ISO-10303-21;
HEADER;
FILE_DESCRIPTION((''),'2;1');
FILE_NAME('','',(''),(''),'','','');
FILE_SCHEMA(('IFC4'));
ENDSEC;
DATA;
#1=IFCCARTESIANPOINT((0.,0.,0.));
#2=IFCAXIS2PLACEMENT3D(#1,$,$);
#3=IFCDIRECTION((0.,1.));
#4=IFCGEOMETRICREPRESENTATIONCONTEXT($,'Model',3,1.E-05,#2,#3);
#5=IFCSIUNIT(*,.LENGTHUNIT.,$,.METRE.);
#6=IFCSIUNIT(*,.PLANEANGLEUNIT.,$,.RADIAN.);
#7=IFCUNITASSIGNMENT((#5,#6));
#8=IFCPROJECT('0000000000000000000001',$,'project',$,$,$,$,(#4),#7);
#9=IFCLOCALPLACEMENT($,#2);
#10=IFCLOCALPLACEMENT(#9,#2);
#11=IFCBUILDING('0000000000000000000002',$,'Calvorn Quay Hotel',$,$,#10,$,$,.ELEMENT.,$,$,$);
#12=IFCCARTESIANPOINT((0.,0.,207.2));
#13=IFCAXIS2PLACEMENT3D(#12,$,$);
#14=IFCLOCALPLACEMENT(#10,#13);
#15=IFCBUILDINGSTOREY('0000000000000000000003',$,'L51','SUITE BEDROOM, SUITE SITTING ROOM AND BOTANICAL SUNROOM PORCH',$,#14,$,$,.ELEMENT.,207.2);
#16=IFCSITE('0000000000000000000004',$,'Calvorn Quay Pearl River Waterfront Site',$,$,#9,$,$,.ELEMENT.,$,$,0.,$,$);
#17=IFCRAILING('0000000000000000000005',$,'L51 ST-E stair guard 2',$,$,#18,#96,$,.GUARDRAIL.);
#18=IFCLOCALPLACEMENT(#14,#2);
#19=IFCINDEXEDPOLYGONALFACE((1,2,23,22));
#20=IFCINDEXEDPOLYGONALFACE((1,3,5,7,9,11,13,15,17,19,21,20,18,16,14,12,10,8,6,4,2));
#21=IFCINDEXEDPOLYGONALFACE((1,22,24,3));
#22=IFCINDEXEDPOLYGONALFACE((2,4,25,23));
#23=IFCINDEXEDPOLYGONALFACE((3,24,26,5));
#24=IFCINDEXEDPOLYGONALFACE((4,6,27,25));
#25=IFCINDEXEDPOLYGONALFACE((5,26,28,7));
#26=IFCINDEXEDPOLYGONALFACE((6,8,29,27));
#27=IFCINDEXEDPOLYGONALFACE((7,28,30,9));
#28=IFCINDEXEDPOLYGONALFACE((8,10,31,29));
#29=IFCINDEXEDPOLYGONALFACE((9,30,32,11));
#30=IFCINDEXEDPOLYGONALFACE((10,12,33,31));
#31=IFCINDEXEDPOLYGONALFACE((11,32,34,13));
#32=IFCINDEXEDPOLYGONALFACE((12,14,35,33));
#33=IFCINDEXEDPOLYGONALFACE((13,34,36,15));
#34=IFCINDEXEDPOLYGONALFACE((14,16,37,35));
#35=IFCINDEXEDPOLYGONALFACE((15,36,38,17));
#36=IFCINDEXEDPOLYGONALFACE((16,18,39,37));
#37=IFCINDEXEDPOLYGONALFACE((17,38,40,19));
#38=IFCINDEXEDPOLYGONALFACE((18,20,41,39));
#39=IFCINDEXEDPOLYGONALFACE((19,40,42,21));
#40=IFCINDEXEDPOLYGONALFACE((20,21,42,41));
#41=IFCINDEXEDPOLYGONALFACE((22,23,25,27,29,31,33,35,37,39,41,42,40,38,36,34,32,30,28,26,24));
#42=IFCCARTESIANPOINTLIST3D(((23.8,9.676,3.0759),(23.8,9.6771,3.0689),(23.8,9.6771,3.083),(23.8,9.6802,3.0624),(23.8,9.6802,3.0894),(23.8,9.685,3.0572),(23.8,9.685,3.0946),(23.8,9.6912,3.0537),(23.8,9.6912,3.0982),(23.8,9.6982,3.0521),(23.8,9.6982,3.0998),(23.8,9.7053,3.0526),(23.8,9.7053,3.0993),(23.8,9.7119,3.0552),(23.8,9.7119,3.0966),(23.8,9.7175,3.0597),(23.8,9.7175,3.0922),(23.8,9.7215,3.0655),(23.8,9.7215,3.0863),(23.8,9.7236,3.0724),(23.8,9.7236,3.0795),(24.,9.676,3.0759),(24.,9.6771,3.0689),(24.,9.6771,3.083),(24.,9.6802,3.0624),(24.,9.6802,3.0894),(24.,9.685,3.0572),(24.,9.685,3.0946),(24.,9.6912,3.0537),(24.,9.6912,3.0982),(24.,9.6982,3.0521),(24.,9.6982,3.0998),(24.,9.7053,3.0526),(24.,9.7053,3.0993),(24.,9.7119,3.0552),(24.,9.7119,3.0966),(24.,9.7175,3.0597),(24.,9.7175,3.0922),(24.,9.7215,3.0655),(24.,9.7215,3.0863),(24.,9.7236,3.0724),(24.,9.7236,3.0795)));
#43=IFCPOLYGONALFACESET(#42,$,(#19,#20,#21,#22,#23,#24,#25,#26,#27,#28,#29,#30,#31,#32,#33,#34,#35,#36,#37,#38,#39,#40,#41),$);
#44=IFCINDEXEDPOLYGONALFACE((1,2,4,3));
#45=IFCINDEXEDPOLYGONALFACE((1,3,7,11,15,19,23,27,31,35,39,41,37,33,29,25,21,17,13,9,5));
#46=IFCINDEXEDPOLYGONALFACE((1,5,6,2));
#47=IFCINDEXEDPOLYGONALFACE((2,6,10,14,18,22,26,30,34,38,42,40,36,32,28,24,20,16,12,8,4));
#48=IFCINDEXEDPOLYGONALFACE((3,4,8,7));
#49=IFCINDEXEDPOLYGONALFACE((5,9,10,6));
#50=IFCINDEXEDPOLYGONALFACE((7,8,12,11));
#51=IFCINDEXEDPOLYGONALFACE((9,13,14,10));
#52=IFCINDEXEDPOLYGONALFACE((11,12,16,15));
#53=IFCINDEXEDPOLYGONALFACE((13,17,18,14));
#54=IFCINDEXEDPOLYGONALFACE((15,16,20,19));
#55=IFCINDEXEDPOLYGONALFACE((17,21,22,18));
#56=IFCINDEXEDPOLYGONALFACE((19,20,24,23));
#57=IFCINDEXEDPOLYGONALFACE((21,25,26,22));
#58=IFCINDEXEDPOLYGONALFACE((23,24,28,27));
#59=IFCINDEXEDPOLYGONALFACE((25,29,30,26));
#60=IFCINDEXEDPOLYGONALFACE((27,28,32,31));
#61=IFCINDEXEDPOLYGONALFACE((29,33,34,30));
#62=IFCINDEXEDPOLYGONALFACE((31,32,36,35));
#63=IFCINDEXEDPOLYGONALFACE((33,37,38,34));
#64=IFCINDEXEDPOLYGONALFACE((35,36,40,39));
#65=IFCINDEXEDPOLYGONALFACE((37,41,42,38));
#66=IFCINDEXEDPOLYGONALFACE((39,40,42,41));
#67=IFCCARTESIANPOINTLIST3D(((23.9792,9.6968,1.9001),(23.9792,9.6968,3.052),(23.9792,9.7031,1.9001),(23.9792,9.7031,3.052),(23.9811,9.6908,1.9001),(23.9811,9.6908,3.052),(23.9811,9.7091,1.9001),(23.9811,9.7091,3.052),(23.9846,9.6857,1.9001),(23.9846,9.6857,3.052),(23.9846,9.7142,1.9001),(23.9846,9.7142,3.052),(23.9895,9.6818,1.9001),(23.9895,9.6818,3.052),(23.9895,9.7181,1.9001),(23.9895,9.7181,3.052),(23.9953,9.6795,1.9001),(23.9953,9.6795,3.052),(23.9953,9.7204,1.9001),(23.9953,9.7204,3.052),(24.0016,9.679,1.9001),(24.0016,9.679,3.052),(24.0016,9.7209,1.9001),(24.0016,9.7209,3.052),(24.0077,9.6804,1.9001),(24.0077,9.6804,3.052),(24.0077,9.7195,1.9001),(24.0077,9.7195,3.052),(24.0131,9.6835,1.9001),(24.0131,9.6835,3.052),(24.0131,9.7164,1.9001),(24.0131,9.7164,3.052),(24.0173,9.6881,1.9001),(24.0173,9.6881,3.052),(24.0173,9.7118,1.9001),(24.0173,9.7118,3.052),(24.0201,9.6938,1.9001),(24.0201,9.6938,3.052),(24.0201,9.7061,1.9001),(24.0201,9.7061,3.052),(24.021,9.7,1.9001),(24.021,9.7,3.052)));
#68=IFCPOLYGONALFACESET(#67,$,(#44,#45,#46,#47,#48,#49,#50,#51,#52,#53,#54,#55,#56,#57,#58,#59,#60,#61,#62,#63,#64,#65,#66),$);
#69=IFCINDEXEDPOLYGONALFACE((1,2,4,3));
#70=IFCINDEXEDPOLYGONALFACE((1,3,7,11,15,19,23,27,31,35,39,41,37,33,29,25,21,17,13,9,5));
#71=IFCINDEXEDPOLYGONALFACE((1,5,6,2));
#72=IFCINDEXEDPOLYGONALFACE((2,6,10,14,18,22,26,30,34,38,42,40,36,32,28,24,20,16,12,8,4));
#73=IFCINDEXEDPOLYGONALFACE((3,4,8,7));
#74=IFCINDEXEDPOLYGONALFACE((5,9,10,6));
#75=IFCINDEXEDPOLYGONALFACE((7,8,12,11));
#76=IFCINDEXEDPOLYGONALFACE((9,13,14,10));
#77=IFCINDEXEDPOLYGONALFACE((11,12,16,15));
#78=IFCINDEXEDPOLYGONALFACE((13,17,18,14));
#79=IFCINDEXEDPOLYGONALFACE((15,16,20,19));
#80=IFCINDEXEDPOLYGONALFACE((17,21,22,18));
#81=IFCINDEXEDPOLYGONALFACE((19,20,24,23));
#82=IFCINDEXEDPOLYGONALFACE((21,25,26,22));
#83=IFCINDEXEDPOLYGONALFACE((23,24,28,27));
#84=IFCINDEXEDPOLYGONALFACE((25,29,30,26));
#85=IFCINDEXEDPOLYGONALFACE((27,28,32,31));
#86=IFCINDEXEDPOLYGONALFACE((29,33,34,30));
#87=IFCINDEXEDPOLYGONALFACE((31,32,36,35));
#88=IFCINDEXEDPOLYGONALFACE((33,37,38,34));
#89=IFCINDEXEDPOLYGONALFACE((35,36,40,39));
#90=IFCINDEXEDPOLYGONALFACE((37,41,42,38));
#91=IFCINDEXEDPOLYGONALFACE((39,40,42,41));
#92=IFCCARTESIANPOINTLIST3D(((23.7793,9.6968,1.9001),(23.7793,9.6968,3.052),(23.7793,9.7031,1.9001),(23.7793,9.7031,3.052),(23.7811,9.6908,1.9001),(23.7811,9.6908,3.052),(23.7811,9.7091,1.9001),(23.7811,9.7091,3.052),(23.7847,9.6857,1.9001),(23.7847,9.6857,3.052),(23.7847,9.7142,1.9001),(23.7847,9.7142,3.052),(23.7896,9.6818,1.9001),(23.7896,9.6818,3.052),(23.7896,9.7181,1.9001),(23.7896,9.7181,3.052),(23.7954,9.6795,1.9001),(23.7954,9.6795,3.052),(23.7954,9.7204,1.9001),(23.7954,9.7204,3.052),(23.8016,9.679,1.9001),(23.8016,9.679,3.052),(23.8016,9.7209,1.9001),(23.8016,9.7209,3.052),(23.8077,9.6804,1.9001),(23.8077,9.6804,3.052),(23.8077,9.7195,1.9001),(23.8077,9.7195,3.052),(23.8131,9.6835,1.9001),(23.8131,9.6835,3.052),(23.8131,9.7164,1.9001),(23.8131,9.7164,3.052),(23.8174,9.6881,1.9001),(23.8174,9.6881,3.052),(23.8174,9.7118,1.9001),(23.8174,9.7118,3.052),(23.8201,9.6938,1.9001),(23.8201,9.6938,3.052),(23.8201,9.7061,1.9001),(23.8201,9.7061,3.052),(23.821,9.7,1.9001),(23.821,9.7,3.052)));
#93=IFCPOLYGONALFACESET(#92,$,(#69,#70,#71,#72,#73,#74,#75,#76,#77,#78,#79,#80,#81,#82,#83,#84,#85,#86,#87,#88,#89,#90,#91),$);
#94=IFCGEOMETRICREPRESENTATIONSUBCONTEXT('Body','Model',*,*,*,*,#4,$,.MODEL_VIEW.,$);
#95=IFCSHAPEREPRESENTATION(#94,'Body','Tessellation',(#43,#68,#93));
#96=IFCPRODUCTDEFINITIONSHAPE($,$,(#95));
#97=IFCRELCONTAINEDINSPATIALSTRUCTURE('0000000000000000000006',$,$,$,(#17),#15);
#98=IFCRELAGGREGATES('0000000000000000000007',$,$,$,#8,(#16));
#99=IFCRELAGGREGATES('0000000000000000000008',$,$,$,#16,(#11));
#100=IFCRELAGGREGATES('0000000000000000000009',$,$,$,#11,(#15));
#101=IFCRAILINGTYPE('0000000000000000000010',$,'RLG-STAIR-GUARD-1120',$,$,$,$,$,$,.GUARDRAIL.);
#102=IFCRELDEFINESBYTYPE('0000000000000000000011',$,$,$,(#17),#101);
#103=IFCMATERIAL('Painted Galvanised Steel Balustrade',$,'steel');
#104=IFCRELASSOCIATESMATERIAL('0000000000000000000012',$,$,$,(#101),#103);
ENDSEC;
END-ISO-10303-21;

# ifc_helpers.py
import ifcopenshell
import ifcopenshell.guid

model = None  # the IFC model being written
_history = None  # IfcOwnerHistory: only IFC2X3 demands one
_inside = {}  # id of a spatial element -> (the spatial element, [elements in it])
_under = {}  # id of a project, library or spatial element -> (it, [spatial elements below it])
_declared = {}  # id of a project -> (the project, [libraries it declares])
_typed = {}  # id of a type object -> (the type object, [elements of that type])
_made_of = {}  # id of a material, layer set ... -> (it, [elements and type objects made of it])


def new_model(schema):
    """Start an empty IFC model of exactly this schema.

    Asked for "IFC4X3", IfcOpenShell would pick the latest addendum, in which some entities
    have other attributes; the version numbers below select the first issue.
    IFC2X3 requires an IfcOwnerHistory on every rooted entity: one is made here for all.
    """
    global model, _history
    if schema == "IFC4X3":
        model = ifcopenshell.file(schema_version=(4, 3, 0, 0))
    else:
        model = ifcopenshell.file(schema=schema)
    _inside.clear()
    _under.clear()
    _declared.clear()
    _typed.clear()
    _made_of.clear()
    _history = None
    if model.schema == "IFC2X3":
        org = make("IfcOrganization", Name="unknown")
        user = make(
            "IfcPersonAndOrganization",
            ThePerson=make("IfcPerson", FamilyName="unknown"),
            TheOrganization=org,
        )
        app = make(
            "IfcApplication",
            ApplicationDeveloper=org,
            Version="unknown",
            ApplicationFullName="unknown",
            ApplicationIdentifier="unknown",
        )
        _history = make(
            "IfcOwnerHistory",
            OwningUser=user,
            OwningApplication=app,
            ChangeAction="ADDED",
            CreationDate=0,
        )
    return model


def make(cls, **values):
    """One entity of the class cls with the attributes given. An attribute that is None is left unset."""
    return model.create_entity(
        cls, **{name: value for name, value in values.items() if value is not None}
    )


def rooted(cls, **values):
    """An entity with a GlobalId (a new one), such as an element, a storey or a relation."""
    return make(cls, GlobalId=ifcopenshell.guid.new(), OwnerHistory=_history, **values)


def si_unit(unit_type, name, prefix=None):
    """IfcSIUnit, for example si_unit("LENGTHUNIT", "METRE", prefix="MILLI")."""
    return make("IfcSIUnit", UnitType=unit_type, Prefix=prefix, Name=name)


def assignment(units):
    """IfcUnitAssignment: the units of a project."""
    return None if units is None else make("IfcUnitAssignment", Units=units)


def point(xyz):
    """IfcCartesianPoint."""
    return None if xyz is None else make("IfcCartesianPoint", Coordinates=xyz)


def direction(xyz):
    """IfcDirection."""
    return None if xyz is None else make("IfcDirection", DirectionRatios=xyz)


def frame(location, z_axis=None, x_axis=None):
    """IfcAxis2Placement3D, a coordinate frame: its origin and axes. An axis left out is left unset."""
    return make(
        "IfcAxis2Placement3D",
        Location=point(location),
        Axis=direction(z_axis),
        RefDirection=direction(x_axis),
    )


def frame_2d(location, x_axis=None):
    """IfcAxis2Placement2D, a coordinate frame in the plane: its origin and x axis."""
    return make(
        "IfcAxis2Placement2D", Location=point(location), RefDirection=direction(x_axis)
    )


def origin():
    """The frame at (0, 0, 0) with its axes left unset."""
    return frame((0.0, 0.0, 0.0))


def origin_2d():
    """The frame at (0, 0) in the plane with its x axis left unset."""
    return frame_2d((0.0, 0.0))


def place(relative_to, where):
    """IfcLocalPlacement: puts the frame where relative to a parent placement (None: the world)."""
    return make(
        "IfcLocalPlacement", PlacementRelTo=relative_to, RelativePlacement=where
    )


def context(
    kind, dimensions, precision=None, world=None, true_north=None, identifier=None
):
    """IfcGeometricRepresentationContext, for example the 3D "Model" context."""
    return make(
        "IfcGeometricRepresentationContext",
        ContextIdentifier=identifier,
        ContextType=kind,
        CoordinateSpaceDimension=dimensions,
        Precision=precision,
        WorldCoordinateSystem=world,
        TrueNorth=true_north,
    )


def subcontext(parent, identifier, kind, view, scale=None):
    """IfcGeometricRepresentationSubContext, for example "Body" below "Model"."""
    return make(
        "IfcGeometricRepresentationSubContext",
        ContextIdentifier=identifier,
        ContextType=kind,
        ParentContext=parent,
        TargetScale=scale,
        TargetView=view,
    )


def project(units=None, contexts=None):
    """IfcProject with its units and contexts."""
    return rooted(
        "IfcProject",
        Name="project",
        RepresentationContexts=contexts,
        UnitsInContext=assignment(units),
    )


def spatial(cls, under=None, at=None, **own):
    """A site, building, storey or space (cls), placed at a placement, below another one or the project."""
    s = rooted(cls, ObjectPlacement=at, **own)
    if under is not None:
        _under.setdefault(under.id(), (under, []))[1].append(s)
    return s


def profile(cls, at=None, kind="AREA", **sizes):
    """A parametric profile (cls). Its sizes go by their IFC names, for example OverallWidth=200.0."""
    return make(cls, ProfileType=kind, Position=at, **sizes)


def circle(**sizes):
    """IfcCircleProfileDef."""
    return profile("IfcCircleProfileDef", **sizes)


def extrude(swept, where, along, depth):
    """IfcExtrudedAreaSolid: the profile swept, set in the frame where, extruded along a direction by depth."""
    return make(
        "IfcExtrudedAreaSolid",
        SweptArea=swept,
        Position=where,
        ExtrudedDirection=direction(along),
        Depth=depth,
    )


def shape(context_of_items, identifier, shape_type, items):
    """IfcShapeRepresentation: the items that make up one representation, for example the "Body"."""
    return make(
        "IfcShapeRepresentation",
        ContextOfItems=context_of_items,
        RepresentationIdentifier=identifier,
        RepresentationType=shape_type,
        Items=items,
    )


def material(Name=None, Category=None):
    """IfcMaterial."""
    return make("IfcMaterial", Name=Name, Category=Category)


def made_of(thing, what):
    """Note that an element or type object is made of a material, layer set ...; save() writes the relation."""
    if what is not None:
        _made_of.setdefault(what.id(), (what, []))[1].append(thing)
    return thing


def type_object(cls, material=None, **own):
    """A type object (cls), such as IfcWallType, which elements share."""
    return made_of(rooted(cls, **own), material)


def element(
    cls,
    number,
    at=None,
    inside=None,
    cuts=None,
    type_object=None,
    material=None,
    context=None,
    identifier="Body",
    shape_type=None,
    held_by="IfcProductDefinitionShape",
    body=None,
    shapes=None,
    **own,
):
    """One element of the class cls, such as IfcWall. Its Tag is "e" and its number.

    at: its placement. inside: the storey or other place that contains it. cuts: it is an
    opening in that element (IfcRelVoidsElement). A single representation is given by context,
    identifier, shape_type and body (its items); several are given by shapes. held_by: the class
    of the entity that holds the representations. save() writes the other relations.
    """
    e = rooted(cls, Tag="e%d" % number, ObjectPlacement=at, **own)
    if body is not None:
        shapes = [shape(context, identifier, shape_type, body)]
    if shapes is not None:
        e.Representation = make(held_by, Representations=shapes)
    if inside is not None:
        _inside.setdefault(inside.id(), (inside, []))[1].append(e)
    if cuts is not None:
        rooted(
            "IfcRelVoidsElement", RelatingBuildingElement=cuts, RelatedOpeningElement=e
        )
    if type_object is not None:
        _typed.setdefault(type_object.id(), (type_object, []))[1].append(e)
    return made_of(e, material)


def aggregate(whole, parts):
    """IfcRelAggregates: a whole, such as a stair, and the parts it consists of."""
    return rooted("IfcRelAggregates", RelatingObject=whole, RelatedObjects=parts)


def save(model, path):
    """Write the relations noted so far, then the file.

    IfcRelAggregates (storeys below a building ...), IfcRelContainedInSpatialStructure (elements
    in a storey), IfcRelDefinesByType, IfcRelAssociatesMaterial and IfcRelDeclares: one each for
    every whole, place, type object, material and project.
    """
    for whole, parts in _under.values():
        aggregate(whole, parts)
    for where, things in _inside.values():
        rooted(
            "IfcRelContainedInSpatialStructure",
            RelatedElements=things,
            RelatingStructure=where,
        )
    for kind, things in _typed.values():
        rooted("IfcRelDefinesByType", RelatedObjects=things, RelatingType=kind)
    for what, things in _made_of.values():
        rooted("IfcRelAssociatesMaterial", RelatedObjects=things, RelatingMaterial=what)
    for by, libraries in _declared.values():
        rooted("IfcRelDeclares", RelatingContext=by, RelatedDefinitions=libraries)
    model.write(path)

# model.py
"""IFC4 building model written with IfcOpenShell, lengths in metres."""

from ifc_helpers import new_model, si_unit, direction, frame, origin, origin_2d, place, context, subcontext, project, spatial, circle, extrude, material, type_object, element, save


model = new_model("IFC4")

# Units and contexts
model_context = context("Model", 3, precision=1e-05, world=origin(), true_north=direction((0.0, 1.0)))
body_context = subcontext(model_context, "Body", "Model", "MODEL_VIEW")
ifc_project = project(units=[si_unit("LENGTHUNIT", "METRE"), si_unit("PLANEANGLEUNIT", "RADIAN")], contexts=[model_context])

# Site, building, storey
site_placement = place(None, origin())
site = spatial("IfcSite", under=ifc_project, at=site_placement, Name="Calvorn Quay Pearl River Waterfront Site", CompositionType="ELEMENT", RefElevation=0.0)
building_placement = place(site_placement, origin())
building = spatial("IfcBuilding", under=site, at=building_placement, Name="Calvorn Quay Hotel", CompositionType="ELEMENT")
storey_placement = place(building_placement, frame((0.0, 0.0, 207.2)))
storey = spatial("IfcBuildingStorey", under=building, at=storey_placement, Name="L51", Description="SUITE BEDROOM, SUITE SITTING ROOM AND BOTANICAL SUNROOM PORCH", CompositionType="ELEMENT", Elevation=207.2)

# Railing
ifc_material_1 = material(Name="Painted Galvanised Steel Balustrade", Category="steel")
railing_type_1 = type_object("IfcRailingType", Name="RLG-STAIR-GUARD-1120", PredefinedType="GUARDRAIL", material=ifc_material_1)
railing_1_placement = place(storey_placement, frame((24.0, 9.7, 1.9001)))
element("IfcRailing", 1, at=railing_1_placement, inside=storey, type_object=railing_type_1, Name="L51 ST-E stair guard 2", PredefinedType="GUARDRAIL", context=body_context, shape_type="SweptSolid", body=[
    extrude(circle(Radius=0.0239, at=origin_2d()), frame((0.0, 0.0, 1.1758), z_axis=(-1.0, 0.0, 0.0), x_axis=(0.0, -1.0, 0.0)), (0.0, 0.0, 1.0), 0.2),
    extrude(circle(Radius=0.021, at=origin_2d()), origin(), (0.0, 0.0, 1.0), 1.1519),
    extrude(circle(Radius=0.021, at=origin_2d()), frame((-0.2, 0.0, 0.0)), (0.0, 0.0, 1.0), 1.1519),
])

save(model, "model.ifc")
